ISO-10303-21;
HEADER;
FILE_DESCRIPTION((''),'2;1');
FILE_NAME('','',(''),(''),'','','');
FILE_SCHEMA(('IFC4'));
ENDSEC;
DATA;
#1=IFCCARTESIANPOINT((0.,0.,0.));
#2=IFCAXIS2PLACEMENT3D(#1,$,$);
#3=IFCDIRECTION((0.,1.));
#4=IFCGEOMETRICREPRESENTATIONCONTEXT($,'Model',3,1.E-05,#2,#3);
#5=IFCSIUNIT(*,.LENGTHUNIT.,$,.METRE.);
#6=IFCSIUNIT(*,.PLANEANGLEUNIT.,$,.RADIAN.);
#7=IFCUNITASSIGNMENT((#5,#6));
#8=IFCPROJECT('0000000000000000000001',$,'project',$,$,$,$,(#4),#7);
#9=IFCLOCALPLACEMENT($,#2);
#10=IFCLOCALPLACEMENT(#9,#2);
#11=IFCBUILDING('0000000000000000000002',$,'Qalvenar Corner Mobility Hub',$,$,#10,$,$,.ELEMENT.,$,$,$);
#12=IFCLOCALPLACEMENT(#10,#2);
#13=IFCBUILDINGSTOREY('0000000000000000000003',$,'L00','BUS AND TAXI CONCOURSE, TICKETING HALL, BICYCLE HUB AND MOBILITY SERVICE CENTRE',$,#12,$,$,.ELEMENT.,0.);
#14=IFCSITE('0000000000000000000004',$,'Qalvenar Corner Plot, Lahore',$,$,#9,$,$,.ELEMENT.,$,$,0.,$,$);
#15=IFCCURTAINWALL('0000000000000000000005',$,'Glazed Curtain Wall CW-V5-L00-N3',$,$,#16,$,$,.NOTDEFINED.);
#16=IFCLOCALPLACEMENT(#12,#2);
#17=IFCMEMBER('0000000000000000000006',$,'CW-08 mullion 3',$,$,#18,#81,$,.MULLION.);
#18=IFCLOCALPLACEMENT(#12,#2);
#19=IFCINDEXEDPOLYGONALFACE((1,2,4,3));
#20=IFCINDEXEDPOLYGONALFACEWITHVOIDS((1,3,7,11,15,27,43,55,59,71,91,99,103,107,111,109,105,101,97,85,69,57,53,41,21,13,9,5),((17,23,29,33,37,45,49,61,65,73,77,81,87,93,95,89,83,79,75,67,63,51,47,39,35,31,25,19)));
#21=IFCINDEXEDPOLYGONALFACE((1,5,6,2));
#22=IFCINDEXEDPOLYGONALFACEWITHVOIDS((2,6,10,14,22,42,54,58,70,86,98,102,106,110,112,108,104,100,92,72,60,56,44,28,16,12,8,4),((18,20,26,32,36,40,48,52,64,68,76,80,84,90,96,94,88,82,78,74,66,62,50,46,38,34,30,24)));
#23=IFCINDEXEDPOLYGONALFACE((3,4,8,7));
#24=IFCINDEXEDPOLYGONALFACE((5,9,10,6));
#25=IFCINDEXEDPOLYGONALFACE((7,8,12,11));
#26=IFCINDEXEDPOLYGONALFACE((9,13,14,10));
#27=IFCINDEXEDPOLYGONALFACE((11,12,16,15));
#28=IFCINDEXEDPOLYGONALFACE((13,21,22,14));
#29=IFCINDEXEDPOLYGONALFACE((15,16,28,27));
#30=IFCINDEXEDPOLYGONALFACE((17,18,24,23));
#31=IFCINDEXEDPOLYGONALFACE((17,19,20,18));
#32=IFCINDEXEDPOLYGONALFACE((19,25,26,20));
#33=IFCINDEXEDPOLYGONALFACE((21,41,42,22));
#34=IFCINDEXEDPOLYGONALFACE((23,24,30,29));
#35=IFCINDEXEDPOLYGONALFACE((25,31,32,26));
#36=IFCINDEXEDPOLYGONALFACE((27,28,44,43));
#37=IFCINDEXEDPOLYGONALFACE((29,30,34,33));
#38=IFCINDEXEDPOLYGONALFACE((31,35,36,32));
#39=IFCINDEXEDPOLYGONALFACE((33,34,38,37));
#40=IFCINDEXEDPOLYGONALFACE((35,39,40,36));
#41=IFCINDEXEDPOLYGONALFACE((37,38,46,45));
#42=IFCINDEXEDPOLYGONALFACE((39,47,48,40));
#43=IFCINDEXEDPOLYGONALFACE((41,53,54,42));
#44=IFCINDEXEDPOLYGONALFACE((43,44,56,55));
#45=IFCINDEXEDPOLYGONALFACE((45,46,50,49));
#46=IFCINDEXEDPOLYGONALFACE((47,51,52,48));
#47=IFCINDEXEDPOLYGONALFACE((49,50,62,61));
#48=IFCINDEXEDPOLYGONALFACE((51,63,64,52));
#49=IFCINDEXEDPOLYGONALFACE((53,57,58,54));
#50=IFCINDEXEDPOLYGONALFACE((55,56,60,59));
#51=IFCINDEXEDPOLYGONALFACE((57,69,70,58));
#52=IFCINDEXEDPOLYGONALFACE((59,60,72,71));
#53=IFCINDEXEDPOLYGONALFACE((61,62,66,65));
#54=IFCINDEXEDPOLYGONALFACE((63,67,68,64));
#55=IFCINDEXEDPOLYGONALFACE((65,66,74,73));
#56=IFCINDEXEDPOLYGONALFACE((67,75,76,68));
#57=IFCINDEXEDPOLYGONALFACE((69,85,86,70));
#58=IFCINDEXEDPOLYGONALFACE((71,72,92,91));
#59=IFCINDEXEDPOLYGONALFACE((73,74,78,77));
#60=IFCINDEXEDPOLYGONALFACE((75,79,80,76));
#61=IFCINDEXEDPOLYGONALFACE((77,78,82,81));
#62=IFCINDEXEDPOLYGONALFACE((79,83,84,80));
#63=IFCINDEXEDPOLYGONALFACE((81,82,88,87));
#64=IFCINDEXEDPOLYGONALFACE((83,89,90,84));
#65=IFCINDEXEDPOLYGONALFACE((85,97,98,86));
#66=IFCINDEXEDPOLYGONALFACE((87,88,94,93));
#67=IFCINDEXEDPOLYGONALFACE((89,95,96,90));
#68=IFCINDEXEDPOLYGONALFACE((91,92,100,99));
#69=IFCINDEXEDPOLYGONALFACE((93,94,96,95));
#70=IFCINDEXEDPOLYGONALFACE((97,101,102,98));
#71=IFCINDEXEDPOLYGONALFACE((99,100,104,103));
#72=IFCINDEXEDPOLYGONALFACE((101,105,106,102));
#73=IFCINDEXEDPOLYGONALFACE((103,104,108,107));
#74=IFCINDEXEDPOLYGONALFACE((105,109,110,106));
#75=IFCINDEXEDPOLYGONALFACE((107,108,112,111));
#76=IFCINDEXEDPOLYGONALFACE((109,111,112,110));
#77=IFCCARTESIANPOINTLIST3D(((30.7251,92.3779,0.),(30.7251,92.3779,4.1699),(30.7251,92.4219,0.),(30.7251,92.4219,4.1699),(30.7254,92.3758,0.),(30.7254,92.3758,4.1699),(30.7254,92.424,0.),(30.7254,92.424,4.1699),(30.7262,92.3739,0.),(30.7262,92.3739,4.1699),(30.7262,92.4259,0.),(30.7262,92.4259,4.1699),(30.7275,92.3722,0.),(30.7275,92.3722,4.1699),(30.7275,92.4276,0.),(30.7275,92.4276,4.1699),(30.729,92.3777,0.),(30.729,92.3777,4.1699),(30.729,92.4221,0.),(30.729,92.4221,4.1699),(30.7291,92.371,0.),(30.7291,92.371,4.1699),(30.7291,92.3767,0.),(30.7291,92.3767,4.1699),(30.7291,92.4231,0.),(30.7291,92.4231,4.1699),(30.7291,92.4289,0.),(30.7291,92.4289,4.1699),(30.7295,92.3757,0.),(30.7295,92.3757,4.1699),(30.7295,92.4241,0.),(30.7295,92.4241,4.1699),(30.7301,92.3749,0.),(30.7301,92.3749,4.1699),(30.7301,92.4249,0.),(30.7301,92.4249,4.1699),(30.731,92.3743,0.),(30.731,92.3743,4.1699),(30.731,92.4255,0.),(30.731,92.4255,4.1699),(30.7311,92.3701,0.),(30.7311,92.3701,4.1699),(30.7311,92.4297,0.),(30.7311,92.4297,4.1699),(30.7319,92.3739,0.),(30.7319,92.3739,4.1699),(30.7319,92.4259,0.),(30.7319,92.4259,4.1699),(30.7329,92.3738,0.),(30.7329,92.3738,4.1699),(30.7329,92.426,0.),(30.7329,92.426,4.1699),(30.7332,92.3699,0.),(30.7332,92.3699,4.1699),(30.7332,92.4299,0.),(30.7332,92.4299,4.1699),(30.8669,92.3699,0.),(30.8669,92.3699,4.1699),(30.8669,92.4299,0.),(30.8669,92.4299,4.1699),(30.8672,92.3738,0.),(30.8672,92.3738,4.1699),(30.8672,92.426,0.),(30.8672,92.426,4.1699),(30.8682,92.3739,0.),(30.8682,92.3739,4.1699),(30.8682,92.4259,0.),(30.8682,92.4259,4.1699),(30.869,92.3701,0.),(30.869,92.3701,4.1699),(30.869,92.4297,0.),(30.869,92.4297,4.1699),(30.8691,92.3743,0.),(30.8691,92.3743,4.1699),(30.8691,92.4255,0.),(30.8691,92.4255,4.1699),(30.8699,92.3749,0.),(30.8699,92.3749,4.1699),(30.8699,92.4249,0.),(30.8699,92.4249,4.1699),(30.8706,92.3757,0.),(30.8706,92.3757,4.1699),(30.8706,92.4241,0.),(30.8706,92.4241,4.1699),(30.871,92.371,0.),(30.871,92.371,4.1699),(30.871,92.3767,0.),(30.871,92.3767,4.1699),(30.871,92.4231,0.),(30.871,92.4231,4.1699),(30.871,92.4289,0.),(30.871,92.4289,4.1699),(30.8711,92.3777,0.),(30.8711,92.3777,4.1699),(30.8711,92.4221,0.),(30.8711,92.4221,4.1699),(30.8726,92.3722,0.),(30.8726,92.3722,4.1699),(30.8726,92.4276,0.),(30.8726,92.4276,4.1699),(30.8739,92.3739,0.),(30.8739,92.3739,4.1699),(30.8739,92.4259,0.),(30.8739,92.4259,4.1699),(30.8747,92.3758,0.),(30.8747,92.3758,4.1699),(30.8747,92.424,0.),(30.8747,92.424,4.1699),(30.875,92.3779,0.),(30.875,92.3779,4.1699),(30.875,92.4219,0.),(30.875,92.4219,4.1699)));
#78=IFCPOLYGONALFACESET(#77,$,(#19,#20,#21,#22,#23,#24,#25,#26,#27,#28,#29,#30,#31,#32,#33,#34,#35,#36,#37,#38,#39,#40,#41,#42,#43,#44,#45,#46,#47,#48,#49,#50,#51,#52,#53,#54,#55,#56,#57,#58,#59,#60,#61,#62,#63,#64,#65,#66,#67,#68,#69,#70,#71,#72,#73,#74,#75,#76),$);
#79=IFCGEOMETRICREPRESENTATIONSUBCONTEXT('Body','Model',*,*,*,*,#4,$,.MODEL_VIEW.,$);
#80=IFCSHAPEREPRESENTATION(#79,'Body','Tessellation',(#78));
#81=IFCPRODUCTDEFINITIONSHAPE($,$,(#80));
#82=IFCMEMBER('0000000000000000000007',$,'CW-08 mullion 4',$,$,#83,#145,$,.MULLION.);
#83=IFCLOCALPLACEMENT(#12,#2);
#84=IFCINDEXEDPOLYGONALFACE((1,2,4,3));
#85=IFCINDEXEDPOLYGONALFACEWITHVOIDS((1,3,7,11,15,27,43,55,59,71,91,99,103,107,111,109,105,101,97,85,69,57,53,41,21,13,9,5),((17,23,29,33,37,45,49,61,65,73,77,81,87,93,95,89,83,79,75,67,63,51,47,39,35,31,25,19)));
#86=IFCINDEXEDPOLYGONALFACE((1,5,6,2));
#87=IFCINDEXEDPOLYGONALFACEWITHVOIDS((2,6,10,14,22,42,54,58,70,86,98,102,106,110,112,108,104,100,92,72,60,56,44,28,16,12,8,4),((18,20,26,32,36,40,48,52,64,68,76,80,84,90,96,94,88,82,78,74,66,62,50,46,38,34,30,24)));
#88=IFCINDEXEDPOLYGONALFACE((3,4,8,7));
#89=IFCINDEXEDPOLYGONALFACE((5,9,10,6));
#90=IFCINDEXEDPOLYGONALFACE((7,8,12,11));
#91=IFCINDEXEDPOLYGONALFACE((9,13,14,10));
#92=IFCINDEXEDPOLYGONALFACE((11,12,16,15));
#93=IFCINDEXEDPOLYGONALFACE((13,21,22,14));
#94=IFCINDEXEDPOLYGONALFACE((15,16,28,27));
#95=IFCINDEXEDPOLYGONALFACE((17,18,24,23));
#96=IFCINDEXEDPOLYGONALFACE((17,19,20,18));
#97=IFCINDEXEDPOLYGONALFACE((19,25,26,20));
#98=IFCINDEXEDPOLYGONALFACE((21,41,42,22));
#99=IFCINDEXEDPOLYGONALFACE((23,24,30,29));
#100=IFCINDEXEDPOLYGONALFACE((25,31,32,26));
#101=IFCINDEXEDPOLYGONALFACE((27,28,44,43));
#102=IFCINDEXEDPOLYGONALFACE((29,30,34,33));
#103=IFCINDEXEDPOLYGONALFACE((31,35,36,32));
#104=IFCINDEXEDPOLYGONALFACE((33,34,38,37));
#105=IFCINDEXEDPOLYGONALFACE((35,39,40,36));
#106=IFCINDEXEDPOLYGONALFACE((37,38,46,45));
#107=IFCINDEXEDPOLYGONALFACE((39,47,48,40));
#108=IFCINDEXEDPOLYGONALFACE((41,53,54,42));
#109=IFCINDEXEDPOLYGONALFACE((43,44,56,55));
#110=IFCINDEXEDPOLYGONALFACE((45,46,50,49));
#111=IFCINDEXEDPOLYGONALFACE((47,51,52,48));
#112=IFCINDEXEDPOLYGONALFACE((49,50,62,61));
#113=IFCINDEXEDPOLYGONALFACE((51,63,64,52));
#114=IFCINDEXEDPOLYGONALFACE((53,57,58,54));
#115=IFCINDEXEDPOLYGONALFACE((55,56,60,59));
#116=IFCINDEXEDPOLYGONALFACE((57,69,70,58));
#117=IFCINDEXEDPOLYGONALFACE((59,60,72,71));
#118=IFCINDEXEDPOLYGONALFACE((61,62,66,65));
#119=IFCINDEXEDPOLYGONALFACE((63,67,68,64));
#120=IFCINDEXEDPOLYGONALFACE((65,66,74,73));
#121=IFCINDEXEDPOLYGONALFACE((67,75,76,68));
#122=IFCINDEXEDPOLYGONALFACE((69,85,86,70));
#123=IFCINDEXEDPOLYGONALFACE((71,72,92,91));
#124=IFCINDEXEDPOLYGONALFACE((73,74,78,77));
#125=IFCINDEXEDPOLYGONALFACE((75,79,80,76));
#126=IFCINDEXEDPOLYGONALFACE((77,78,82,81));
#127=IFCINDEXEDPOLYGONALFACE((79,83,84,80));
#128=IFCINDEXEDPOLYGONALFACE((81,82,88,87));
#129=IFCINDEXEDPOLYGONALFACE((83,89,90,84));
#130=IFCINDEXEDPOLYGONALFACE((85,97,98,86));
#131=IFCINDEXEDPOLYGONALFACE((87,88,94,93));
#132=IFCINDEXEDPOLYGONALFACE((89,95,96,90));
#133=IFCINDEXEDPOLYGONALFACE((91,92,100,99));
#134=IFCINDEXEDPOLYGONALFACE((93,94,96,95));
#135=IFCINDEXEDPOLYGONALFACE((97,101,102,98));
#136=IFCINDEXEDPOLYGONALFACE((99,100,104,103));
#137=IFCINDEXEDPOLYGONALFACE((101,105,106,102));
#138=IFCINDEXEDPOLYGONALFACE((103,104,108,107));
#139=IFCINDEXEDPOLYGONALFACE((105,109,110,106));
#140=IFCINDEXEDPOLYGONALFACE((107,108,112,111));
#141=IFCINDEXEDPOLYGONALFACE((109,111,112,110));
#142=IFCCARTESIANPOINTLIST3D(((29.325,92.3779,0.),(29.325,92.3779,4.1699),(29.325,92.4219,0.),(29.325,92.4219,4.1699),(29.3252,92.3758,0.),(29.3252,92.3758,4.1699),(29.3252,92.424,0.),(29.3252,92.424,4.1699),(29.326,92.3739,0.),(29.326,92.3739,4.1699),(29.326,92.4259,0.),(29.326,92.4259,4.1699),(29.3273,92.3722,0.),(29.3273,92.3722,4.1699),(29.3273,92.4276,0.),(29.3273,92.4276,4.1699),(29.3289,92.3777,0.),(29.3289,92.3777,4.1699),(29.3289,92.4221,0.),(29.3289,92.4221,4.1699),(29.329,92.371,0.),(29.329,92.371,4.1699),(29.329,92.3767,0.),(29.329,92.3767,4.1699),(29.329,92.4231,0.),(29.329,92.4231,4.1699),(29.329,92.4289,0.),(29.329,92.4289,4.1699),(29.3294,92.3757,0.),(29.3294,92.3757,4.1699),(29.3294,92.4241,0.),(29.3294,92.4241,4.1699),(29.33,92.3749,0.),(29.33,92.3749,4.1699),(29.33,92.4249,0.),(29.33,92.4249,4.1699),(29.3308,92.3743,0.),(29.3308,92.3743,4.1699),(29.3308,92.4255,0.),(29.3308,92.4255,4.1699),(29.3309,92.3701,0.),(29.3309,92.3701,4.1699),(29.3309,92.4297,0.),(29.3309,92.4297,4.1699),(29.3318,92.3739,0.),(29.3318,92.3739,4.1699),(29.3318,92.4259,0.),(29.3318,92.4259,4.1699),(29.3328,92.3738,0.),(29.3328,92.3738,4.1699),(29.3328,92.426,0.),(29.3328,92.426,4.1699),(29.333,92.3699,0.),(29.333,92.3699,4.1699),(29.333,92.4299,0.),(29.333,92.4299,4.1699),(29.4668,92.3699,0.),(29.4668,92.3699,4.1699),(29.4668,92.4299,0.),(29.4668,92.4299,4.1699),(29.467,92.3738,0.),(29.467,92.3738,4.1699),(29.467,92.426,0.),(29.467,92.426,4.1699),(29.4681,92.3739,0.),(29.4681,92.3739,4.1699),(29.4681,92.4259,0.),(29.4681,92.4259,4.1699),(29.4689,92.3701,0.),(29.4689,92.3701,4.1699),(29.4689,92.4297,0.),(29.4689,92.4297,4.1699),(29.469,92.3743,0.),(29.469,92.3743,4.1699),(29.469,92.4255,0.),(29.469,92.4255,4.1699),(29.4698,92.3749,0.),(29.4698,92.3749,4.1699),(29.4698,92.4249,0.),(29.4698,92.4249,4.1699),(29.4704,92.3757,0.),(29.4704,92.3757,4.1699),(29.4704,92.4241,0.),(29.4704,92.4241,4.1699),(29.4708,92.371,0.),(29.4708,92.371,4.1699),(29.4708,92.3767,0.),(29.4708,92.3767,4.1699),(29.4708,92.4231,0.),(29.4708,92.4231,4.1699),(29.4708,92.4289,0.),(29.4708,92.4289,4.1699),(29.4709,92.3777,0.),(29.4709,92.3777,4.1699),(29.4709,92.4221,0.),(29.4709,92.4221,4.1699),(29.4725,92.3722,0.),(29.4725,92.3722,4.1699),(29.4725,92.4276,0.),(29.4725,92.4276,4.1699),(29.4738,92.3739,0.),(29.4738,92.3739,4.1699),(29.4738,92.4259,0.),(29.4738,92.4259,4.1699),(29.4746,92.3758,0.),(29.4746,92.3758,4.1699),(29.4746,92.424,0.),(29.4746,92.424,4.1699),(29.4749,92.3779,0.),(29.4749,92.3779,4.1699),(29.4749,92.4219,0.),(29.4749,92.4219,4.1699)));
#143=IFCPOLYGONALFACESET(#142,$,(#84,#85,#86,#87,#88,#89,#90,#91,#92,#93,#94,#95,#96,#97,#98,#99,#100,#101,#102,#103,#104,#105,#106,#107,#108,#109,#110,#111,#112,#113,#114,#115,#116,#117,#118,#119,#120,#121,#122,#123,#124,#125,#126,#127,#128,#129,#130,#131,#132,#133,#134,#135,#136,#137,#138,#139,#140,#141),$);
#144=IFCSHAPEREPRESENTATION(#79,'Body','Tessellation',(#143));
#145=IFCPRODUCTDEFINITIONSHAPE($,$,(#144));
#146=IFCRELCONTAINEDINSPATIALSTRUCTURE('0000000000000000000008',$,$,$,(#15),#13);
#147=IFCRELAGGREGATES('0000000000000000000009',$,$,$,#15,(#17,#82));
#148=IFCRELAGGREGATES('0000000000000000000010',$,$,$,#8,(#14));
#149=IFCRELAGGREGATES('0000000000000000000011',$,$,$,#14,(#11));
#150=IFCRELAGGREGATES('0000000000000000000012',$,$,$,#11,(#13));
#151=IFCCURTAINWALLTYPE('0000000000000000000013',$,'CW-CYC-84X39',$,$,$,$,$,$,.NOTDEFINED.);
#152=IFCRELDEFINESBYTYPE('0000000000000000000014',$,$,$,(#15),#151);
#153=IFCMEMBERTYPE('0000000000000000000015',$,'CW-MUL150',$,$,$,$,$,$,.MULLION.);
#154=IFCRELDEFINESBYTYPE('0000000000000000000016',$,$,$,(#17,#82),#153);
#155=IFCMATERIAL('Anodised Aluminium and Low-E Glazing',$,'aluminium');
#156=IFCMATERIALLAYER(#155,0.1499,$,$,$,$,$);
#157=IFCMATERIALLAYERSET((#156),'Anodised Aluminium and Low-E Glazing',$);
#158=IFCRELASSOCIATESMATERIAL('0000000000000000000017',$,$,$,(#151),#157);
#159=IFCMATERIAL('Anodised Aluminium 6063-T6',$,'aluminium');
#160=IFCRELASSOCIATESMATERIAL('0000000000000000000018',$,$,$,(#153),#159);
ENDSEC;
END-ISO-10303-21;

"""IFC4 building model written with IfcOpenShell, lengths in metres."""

from ifc_helpers import new_model, si_unit, direction, frame, origin, origin_2d, place, context, subcontext, project, spatial, hollow_rectangle, extrude, material, layer, layer_set, material_profile, profile_set, type_object, element, aggregate, save


model = new_model("IFC4")

# Units and contexts
model_context = context("Model", 3, precision=1e-05, world=origin(), true_north=direction((0.0, 1.0)))
body_context = subcontext(model_context, "Body", "Model", "MODEL_VIEW")
ifc_project = project(units=[si_unit("LENGTHUNIT", "METRE"), si_unit("PLANEANGLEUNIT", "RADIAN")], contexts=[model_context])

# Site, building, storey
site_placement = place(None, origin())
site = spatial("IfcSite", under=ifc_project, at=site_placement, Name="Qalvenar Corner Plot, Lahore", CompositionType="ELEMENT", RefElevation=0.0)
building_placement = place(site_placement, origin())
building = spatial("IfcBuilding", under=site, at=building_placement, Name="Qalvenar Corner Mobility Hub", CompositionType="ELEMENT")
storey_placement = place(building_placement, origin())
storey = spatial("IfcBuildingStorey", under=building, at=storey_placement, Name="L00", Description="BUS AND TAXI CONCOURSE, TICKETING HALL, BICYCLE HUB AND MOBILITY SERVICE CENTRE", CompositionType="ELEMENT", Elevation=0.0)

# Curtain wall, members
ifc_material_1 = material(Name="Anodised Aluminium and Low-E Glazing", Category="aluminium")
ifc_layer_1 = layer(ifc_material_1, 0.1499)
ifc_layer_set_1 = layer_set([ifc_layer_1], Name="Anodised Aluminium and Low-E Glazing")
curtain_wall_type = type_object("IfcCurtainWallType", Name="CW-CYC-84X39", PredefinedType="NOTDEFINED", material=ifc_layer_set_1)
curtain_wall_placement = place(storey_placement, origin())
curtain_wall = element("IfcCurtainWall", 1, at=curtain_wall_placement, inside=storey, type_object=curtain_wall_type, Name="Glazed Curtain Wall CW-V5-L00-N3", PredefinedType="NOTDEFINED")
ifc_material_2 = material(Name="Anodised Aluminium 6063-T6", Category="aluminium")
ifc_material_profile_1 = material_profile(ifc_material_2, hollow_rectangle(XDim=0.0601, YDim=0.1499, WallThickness=0.0039, InnerFilletRadius=0.0039, OuterFilletRadius=0.0081, at=origin_2d()), Name="RHS150x60x4")
ifc_profile_set_1 = profile_set([ifc_material_profile_1], Name="Anodised Aluminium 6063-T6")
member_type_1 = type_object("IfcMemberType", Name="CW-MUL150", PredefinedType="MULLION", material=ifc_profile_set_1)
member_1_placement = place(storey_placement, frame((30.8, 92.3999, 0.0), z_axis=(0.0, 0.0, 1.0), x_axis=(0.0, -1.0, 0.0)))
member_1 = element("IfcMember", 2, at=member_1_placement, type_object=member_type_1, Name="CW-08 mullion 3", PredefinedType="MULLION", context=body_context, shape_type="SweptSolid", body=[
    extrude(hollow_rectangle(XDim=0.0601, YDim=0.1499, WallThickness=0.0039, InnerFilletRadius=0.0039, OuterFilletRadius=0.0081, at=origin_2d()), origin(), (0.0, 0.0, 1.0), 4.1699),
])
member_2_placement = place(storey_placement, frame((29.3999, 92.3999, 0.0), z_axis=(0.0, 0.0, 1.0), x_axis=(0.0, -1.0, 0.0)))
member_2 = element("IfcMember", 3, at=member_2_placement, type_object=member_type_1, Name="CW-08 mullion 4", PredefinedType="MULLION", context=body_context, shape_type="SweptSolid", body=[
    extrude(hollow_rectangle(XDim=0.0601, YDim=0.1499, WallThickness=0.0039, InnerFilletRadius=0.0039, OuterFilletRadius=0.0081, at=origin_2d()), origin(), (0.0, 0.0, 1.0), 4.1699),
])
aggregate(curtain_wall, [member_1, member_2])

save(model, "model.ifc")
